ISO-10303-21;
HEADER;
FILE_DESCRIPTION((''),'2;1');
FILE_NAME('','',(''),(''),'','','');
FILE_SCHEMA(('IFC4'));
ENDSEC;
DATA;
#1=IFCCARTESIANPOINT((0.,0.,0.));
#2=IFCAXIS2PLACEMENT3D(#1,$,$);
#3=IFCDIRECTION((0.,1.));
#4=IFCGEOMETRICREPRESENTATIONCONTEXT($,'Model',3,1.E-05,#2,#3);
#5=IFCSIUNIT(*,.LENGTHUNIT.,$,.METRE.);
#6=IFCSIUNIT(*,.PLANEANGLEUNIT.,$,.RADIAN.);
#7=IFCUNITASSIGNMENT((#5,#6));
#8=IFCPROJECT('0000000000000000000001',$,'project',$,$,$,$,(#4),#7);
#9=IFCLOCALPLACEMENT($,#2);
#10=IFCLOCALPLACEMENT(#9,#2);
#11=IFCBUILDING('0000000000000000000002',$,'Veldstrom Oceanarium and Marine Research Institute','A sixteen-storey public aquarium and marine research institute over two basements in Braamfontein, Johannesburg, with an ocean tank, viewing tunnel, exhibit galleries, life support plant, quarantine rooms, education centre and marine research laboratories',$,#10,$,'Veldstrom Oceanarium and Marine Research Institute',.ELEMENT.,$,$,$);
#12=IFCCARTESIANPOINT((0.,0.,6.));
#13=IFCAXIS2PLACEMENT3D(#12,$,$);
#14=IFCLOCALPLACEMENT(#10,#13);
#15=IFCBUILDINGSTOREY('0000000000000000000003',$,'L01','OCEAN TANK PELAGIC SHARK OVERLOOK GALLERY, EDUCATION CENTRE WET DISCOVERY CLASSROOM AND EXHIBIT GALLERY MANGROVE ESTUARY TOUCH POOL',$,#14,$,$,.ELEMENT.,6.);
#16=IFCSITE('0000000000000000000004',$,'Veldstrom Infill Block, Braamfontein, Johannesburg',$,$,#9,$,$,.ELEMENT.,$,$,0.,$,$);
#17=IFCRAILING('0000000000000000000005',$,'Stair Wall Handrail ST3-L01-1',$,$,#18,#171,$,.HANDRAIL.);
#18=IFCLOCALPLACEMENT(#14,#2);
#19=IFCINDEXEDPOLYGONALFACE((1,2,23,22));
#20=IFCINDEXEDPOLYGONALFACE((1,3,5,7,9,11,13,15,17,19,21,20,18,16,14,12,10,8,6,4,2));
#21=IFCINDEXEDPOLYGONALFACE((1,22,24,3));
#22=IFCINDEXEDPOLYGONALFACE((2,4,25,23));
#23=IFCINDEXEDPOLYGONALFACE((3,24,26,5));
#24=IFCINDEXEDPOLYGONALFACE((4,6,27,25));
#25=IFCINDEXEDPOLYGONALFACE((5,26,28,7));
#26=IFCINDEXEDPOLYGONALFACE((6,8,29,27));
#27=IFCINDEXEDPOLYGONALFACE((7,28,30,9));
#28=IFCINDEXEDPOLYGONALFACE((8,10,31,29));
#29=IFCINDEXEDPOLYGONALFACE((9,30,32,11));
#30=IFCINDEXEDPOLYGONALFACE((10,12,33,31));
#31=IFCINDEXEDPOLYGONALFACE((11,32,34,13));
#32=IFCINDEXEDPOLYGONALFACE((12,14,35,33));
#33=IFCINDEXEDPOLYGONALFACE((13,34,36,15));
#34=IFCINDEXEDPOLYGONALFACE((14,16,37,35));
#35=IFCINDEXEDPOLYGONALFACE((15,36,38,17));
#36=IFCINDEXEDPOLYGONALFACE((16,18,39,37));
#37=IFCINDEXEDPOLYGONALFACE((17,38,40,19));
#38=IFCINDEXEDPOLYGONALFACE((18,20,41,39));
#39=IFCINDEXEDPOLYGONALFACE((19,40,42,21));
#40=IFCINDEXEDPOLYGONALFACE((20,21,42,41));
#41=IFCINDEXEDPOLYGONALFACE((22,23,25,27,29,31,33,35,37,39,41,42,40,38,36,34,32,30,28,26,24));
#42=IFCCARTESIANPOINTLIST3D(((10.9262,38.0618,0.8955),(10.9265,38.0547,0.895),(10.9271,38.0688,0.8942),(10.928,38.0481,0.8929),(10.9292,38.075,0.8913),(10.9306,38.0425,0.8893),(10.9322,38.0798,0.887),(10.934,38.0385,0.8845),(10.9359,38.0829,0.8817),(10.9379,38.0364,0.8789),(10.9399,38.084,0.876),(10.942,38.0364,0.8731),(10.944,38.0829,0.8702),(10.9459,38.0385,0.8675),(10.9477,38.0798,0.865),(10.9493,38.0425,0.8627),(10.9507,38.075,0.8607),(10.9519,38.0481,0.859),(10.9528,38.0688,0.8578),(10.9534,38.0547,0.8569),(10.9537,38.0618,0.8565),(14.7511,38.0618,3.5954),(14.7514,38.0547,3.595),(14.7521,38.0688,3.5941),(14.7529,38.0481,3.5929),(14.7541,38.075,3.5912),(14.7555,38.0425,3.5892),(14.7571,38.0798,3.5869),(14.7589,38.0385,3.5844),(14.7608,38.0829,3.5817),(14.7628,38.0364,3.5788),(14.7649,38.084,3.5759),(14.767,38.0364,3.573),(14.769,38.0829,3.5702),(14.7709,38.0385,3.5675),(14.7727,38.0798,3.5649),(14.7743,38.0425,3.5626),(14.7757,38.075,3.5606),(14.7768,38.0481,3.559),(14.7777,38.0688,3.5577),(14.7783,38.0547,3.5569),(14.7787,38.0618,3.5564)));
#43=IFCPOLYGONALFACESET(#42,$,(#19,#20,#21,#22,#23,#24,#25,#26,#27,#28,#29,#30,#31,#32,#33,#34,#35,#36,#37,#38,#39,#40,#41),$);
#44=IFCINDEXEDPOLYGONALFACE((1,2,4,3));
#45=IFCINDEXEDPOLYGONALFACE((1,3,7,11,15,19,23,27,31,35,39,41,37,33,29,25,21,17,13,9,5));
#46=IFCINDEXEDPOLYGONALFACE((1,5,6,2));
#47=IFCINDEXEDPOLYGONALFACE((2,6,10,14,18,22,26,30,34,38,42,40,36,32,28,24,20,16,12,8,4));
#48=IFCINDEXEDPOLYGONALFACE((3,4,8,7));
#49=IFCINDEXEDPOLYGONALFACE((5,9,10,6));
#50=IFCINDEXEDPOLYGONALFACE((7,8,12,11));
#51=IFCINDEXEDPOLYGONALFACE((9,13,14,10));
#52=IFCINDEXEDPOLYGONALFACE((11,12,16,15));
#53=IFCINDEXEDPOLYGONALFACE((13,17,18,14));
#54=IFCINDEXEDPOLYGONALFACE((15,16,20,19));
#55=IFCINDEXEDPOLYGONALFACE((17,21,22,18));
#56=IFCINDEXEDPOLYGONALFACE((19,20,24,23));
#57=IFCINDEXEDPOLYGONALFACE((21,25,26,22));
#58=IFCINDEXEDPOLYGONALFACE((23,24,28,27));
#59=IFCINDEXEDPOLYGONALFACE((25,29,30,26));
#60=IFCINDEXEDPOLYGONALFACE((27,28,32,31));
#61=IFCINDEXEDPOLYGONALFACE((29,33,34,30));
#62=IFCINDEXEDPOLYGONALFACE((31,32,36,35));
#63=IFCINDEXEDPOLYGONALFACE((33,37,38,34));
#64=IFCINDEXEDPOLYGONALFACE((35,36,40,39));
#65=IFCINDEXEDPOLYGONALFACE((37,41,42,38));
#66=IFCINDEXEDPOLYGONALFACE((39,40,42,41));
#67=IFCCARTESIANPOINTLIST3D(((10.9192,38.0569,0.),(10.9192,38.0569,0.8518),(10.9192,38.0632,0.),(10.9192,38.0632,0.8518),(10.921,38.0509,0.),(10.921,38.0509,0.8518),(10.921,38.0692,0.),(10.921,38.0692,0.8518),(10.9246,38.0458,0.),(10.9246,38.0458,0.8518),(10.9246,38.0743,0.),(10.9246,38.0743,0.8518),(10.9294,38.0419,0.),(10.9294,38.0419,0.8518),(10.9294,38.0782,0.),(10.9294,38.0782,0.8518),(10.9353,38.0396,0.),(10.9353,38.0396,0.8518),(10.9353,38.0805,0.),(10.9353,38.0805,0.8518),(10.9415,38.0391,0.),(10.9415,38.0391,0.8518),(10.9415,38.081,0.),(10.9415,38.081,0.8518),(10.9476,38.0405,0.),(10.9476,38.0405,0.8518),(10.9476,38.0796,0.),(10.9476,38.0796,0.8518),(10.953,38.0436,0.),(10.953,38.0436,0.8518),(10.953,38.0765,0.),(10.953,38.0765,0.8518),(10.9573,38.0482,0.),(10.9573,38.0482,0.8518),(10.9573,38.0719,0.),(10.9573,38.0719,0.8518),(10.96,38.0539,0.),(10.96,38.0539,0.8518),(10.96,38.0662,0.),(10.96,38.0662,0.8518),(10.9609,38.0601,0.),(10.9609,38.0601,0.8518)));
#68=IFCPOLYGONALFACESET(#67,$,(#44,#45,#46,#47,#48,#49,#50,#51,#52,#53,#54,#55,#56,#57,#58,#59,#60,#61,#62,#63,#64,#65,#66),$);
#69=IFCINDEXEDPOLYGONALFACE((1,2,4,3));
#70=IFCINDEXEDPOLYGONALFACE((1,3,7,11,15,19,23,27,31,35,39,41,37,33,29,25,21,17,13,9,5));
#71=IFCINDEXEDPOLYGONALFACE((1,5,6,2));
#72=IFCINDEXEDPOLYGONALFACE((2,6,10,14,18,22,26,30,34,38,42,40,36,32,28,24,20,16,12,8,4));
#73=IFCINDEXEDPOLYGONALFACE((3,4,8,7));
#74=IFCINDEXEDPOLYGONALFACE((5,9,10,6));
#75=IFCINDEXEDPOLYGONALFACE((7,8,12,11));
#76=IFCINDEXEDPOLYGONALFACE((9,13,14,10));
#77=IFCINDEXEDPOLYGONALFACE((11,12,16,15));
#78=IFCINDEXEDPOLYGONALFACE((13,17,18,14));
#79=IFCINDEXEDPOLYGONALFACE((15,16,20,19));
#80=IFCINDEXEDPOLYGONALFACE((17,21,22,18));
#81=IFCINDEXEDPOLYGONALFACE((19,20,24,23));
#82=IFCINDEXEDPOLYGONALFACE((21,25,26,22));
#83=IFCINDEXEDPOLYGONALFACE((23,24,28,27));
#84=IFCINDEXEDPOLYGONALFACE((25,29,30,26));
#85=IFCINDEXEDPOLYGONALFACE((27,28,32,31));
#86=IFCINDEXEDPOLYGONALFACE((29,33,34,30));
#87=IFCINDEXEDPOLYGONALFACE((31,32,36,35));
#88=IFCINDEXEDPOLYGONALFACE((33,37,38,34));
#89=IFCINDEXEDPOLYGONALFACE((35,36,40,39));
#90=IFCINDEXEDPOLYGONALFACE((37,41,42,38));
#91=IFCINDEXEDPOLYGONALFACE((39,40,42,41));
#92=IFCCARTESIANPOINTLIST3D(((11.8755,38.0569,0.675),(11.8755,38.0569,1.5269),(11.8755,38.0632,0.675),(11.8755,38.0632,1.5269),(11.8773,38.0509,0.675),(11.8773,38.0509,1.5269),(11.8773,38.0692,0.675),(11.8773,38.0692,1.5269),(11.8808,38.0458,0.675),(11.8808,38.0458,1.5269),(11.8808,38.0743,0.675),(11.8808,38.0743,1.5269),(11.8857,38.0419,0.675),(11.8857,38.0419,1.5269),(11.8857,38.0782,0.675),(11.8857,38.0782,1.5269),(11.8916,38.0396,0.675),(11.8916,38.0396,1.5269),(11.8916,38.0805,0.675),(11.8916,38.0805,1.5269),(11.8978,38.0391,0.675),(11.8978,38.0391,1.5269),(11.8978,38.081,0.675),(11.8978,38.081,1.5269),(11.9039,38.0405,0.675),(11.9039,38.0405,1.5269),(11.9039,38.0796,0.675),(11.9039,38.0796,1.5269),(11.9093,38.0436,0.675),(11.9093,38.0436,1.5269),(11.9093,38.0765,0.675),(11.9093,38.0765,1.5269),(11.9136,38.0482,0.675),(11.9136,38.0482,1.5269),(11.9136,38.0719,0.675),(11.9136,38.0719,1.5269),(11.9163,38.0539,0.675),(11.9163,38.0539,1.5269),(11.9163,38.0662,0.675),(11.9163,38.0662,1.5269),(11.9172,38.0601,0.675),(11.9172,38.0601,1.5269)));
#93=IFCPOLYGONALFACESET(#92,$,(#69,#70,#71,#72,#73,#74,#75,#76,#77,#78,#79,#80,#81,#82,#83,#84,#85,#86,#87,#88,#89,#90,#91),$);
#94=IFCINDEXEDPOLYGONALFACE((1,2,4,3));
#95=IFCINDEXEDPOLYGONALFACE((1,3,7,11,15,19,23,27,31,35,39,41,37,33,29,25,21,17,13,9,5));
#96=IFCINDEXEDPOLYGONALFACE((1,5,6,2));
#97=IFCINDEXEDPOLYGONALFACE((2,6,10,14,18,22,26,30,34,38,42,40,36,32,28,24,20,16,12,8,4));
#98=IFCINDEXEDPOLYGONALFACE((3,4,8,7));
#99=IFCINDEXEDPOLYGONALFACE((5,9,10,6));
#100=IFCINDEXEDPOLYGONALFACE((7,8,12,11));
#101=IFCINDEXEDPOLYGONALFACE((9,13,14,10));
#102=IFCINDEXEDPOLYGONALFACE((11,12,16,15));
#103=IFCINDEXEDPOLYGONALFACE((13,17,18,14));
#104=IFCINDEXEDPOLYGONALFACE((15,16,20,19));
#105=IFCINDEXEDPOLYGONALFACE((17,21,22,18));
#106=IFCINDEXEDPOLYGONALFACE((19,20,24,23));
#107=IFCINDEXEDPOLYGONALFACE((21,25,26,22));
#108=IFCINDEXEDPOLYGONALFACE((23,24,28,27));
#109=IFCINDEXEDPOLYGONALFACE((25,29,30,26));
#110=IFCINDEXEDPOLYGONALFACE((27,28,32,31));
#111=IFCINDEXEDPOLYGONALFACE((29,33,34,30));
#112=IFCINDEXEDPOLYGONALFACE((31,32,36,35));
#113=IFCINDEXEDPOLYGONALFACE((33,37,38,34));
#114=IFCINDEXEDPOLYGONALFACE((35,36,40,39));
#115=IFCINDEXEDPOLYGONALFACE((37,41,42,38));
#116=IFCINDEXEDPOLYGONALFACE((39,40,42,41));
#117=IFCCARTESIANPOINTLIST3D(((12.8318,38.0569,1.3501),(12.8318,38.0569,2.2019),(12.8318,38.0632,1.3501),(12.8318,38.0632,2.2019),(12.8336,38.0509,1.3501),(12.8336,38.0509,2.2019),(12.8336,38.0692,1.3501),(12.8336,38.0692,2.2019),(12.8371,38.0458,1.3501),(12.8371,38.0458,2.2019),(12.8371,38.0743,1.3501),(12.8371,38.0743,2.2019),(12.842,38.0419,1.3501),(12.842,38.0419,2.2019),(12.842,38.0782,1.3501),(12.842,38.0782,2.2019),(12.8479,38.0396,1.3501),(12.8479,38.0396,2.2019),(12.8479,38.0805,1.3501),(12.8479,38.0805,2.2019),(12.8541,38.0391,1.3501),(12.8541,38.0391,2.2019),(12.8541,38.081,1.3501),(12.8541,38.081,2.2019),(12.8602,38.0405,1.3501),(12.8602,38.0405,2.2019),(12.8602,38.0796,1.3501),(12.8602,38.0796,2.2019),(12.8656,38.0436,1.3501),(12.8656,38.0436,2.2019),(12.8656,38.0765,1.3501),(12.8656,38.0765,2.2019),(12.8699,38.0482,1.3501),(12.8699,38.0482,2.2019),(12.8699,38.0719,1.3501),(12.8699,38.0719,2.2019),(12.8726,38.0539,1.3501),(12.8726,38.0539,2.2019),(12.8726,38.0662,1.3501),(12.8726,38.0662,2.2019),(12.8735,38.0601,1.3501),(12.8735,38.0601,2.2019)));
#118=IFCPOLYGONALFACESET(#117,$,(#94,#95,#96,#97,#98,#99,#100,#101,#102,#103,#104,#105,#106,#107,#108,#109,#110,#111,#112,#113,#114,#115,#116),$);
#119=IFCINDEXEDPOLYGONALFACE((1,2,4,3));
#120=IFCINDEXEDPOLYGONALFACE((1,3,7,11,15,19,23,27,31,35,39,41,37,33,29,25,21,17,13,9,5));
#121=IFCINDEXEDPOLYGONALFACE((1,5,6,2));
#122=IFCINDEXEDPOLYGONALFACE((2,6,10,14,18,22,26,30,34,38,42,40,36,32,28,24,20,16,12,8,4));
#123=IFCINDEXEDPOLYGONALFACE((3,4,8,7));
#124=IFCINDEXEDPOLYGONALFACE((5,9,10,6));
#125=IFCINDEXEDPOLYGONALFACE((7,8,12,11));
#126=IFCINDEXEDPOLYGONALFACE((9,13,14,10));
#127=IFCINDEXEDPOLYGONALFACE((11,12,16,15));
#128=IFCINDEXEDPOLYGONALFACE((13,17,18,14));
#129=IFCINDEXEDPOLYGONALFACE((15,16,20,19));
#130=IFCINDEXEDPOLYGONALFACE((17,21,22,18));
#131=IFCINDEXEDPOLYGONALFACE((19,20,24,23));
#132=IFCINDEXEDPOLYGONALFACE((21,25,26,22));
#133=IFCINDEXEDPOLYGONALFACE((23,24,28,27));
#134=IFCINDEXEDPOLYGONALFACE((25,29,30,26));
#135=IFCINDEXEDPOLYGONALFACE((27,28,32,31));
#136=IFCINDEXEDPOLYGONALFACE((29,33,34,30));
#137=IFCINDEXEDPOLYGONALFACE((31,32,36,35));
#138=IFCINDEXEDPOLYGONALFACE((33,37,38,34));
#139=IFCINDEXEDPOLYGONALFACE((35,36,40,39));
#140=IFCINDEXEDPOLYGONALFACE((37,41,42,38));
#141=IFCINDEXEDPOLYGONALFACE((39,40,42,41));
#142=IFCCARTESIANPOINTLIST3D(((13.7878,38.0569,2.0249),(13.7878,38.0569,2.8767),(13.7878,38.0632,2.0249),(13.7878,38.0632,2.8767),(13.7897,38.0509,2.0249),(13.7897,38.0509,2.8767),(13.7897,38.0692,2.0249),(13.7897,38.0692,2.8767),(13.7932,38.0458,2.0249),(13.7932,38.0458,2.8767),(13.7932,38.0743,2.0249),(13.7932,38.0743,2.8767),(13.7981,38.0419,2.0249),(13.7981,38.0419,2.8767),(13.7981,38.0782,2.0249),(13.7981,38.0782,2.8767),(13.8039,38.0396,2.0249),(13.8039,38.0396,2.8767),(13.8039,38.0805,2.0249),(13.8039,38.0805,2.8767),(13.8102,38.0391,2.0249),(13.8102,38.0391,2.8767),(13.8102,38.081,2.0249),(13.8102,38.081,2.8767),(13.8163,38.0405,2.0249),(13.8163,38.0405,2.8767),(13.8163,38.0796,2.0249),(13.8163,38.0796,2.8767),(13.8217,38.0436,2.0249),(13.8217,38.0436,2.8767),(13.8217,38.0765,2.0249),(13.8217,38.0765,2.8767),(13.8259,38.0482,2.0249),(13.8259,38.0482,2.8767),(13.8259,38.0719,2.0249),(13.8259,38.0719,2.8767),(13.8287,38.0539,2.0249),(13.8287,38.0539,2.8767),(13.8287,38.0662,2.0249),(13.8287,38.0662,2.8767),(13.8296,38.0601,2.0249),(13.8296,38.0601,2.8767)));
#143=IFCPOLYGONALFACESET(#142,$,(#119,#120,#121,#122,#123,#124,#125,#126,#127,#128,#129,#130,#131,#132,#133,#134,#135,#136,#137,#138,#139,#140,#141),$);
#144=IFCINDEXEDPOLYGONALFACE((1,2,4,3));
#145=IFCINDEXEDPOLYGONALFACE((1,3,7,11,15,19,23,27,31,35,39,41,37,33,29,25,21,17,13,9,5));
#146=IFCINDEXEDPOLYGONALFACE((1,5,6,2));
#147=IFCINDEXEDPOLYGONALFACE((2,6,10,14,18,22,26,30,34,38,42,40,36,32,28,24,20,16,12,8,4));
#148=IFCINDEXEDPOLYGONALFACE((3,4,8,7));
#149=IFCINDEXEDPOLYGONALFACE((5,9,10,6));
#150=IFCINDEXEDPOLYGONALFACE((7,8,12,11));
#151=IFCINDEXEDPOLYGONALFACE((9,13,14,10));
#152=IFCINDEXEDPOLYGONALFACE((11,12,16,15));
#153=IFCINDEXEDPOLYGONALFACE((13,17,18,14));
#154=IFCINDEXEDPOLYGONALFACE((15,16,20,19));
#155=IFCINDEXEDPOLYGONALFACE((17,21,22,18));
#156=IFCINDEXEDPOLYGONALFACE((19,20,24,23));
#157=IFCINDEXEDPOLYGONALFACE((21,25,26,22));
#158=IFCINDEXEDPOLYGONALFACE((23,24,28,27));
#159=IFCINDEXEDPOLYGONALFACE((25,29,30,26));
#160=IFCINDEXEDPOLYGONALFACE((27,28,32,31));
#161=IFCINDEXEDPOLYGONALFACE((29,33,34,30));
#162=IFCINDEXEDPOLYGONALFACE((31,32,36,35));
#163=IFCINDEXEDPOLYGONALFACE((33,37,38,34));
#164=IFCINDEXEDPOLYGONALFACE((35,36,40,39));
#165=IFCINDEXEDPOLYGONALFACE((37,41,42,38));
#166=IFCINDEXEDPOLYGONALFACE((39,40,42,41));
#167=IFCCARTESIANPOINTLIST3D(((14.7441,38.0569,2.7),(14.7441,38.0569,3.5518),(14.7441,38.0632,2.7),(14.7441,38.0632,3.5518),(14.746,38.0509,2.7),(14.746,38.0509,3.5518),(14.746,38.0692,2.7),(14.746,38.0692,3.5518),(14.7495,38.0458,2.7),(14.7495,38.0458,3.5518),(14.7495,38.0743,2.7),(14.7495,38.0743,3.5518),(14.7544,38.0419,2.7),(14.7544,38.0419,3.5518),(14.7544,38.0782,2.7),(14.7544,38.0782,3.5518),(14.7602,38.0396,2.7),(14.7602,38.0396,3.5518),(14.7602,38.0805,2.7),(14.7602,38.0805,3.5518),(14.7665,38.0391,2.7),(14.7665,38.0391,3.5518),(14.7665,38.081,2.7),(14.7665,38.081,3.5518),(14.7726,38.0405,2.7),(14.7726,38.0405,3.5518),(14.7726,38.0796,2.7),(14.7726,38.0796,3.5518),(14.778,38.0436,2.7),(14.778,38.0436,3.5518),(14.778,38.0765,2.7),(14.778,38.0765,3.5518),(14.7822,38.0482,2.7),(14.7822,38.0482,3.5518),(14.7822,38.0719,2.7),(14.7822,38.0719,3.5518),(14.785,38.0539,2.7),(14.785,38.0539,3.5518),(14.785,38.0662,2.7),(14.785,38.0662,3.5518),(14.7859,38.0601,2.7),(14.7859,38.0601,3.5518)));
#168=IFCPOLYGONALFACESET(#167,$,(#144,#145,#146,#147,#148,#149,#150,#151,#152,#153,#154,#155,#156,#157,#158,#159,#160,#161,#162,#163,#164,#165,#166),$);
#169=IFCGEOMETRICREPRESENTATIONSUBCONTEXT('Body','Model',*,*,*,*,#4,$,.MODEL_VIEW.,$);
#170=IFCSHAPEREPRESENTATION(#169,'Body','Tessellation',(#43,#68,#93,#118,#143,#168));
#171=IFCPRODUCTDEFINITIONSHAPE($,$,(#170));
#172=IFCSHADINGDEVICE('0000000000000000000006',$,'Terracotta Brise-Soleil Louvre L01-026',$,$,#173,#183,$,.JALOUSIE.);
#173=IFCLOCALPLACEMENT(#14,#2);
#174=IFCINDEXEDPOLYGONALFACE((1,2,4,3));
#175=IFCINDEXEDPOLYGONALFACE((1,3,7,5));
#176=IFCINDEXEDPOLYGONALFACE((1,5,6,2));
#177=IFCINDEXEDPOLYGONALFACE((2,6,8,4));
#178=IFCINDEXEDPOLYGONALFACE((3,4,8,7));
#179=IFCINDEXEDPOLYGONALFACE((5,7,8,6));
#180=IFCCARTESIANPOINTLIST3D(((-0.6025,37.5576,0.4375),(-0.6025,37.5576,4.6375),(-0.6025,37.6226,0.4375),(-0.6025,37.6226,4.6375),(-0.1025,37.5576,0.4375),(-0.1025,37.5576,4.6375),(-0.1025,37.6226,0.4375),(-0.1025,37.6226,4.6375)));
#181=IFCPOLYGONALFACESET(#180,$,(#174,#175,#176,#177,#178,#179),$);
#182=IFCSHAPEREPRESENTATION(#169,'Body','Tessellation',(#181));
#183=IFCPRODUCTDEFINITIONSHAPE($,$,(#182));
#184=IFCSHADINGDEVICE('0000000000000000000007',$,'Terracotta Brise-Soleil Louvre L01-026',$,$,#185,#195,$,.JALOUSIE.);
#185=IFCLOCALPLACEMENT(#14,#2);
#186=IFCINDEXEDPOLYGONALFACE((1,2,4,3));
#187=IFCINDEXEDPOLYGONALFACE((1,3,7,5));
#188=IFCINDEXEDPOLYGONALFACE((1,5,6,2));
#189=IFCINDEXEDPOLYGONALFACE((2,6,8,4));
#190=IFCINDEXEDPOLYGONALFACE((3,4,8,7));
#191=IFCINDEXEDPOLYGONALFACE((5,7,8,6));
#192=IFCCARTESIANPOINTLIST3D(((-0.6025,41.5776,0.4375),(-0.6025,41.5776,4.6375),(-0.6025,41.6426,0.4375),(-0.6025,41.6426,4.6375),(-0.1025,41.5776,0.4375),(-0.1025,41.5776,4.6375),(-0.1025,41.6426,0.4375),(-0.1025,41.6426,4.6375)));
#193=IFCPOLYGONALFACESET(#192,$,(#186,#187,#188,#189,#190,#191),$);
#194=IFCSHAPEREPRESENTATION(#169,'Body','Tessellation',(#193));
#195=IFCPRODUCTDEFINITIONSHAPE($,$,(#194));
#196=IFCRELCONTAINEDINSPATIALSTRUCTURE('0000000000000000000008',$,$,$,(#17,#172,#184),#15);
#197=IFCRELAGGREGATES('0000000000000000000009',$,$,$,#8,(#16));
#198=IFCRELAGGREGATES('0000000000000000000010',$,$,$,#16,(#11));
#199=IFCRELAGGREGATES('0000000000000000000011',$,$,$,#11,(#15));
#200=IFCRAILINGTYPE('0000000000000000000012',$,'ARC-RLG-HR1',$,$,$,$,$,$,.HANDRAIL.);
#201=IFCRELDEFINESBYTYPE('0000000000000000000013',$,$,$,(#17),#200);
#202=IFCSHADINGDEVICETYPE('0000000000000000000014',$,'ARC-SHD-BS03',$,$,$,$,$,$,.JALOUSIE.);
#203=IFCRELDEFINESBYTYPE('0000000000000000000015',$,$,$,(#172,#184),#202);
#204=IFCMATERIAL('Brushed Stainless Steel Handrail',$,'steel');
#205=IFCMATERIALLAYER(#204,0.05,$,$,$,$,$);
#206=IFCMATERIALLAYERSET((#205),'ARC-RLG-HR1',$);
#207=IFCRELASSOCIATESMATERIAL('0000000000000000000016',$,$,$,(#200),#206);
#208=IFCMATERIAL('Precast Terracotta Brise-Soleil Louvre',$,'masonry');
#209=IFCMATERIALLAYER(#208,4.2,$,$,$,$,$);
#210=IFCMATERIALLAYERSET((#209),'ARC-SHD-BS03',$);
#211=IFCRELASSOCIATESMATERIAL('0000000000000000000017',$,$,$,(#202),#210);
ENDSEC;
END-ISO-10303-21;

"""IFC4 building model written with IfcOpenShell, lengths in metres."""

from ifc_helpers import new_model, si_unit, direction, frame, origin, origin_2d, place, context, subcontext, project, spatial, rectangle, circle, extrude, material, layer, layer_set, type_object, element, save


model = new_model("IFC4")

# Units and contexts
model_context = context("Model", 3, precision=1e-05, world=origin(), true_north=direction((0.0, 1.0)))
body_context = subcontext(model_context, "Body", "Model", "MODEL_VIEW")
ifc_project = project(units=[si_unit("LENGTHUNIT", "METRE"), si_unit("PLANEANGLEUNIT", "RADIAN")], contexts=[model_context])

# Site, building, storey
site_placement = place(None, origin())
site = spatial("IfcSite", under=ifc_project, at=site_placement, Name="Veldstrom Infill Block, Braamfontein, Johannesburg", CompositionType="ELEMENT", RefElevation=0.0)
building_placement = place(site_placement, origin())
building = spatial("IfcBuilding", under=site, at=building_placement, Name="Veldstrom Oceanarium and Marine Research Institute", Description="A sixteen-storey public aquarium and marine research institute over two basements in Braamfontein, Johannesburg, with an ocean tank, viewing tunnel, exhibit galleries, life support plant, quarantine rooms, education centre and marine research laboratories", LongName="Veldstrom Oceanarium and Marine Research Institute", CompositionType="ELEMENT")
storey_placement = place(building_placement, frame((0.0, 0.0, 6.0)))
storey = spatial("IfcBuildingStorey", under=building, at=storey_placement, Name="L01", Description="OCEAN TANK PELAGIC SHARK OVERLOOK GALLERY, EDUCATION CENTRE WET DISCOVERY CLASSROOM AND EXHIBIT GALLERY MANGROVE ESTUARY TOUCH POOL", CompositionType="ELEMENT", Elevation=6.0)

# Railing
ifc_material_1 = material(Name="Brushed Stainless Steel Handrail", Category="steel")
ifc_layer_1 = layer(ifc_material_1, 0.05)
ifc_layer_set_1 = layer_set([ifc_layer_1], Name="ARC-RLG-HR1")
railing_type_1 = type_object("IfcRailingType", Name="ARC-RLG-HR1", PredefinedType="HANDRAIL", material=ifc_layer_set_1)
railing_1_placement = place(storey_placement, frame((10.9399, 38.0601, 0.0)))
element("IfcRailing", 1, at=railing_1_placement, inside=storey, type_object=railing_type_1, Name="Stair Wall Handrail ST3-L01-1", PredefinedType="HANDRAIL", context=body_context, shape_type="SweptSolid", body=[
    extrude(circle(Radius=0.0239, at=origin_2d()), frame((0.0, 0.0, 0.876), z_axis=(0.816969, 0.0, 0.576681), x_axis=(0.0, 1.0, 0.0)), (0.0, 0.0, 1.0), 4.6819),
    extrude(circle(Radius=0.021, at=origin_2d()), origin(), (0.0, 0.0, 1.0), 0.8518),
    extrude(circle(Radius=0.021, at=origin_2d()), frame((0.9563, 0.0, 0.675)), (0.0, 0.0, 1.0), 0.8518),
    extrude(circle(Radius=0.021, at=origin_2d()), frame((1.9126, 0.0, 1.3501)), (0.0, 0.0, 1.0), 0.8518),
    extrude(circle(Radius=0.021, at=origin_2d()), frame((2.8687, 0.0, 2.0249)), (0.0, 0.0, 1.0), 0.8518),
    extrude(circle(Radius=0.021, at=origin_2d()), frame((3.825, 0.0, 2.7)), (0.0, 0.0, 1.0), 0.8518),
])

# Shading devices
ifc_material_2 = material(Name="Precast Terracotta Brise-Soleil Louvre", Category="masonry")
ifc_layer_2 = layer(ifc_material_2, 4.2)
ifc_layer_set_2 = layer_set([ifc_layer_2], Name="ARC-SHD-BS03")
shading_device_type = type_object("IfcShadingDeviceType", Name="ARC-SHD-BS03", PredefinedType="JALOUSIE", material=ifc_layer_set_2)
for number, where, z_axis, x_axis, name in (
    (2, (-0.3525, 37.5901, 0.4375), (0.0, 0.0, 1.0), (1.0, 0.0, 0.0), "Terracotta Brise-Soleil Louvre L01-026"),
    (3, (-0.3525, 41.6101, 0.4375), (0.0, 0.0, 1.0), (1.0, 0.0, 0.0), "Terracotta Brise-Soleil Louvre L01-026"),
):
    element("IfcShadingDevice", number, at=place(storey_placement, frame(where, z_axis=z_axis, x_axis=x_axis)), inside=storey, type_object=shading_device_type, Name=name, PredefinedType="JALOUSIE", context=body_context, shape_type="SweptSolid", body=[
        extrude(rectangle(XDim=0.5, YDim=0.0649, at=origin_2d()), origin(), (0.0, 0.0, 1.0), 4.2),
    ])

save(model, "model.ifc")
